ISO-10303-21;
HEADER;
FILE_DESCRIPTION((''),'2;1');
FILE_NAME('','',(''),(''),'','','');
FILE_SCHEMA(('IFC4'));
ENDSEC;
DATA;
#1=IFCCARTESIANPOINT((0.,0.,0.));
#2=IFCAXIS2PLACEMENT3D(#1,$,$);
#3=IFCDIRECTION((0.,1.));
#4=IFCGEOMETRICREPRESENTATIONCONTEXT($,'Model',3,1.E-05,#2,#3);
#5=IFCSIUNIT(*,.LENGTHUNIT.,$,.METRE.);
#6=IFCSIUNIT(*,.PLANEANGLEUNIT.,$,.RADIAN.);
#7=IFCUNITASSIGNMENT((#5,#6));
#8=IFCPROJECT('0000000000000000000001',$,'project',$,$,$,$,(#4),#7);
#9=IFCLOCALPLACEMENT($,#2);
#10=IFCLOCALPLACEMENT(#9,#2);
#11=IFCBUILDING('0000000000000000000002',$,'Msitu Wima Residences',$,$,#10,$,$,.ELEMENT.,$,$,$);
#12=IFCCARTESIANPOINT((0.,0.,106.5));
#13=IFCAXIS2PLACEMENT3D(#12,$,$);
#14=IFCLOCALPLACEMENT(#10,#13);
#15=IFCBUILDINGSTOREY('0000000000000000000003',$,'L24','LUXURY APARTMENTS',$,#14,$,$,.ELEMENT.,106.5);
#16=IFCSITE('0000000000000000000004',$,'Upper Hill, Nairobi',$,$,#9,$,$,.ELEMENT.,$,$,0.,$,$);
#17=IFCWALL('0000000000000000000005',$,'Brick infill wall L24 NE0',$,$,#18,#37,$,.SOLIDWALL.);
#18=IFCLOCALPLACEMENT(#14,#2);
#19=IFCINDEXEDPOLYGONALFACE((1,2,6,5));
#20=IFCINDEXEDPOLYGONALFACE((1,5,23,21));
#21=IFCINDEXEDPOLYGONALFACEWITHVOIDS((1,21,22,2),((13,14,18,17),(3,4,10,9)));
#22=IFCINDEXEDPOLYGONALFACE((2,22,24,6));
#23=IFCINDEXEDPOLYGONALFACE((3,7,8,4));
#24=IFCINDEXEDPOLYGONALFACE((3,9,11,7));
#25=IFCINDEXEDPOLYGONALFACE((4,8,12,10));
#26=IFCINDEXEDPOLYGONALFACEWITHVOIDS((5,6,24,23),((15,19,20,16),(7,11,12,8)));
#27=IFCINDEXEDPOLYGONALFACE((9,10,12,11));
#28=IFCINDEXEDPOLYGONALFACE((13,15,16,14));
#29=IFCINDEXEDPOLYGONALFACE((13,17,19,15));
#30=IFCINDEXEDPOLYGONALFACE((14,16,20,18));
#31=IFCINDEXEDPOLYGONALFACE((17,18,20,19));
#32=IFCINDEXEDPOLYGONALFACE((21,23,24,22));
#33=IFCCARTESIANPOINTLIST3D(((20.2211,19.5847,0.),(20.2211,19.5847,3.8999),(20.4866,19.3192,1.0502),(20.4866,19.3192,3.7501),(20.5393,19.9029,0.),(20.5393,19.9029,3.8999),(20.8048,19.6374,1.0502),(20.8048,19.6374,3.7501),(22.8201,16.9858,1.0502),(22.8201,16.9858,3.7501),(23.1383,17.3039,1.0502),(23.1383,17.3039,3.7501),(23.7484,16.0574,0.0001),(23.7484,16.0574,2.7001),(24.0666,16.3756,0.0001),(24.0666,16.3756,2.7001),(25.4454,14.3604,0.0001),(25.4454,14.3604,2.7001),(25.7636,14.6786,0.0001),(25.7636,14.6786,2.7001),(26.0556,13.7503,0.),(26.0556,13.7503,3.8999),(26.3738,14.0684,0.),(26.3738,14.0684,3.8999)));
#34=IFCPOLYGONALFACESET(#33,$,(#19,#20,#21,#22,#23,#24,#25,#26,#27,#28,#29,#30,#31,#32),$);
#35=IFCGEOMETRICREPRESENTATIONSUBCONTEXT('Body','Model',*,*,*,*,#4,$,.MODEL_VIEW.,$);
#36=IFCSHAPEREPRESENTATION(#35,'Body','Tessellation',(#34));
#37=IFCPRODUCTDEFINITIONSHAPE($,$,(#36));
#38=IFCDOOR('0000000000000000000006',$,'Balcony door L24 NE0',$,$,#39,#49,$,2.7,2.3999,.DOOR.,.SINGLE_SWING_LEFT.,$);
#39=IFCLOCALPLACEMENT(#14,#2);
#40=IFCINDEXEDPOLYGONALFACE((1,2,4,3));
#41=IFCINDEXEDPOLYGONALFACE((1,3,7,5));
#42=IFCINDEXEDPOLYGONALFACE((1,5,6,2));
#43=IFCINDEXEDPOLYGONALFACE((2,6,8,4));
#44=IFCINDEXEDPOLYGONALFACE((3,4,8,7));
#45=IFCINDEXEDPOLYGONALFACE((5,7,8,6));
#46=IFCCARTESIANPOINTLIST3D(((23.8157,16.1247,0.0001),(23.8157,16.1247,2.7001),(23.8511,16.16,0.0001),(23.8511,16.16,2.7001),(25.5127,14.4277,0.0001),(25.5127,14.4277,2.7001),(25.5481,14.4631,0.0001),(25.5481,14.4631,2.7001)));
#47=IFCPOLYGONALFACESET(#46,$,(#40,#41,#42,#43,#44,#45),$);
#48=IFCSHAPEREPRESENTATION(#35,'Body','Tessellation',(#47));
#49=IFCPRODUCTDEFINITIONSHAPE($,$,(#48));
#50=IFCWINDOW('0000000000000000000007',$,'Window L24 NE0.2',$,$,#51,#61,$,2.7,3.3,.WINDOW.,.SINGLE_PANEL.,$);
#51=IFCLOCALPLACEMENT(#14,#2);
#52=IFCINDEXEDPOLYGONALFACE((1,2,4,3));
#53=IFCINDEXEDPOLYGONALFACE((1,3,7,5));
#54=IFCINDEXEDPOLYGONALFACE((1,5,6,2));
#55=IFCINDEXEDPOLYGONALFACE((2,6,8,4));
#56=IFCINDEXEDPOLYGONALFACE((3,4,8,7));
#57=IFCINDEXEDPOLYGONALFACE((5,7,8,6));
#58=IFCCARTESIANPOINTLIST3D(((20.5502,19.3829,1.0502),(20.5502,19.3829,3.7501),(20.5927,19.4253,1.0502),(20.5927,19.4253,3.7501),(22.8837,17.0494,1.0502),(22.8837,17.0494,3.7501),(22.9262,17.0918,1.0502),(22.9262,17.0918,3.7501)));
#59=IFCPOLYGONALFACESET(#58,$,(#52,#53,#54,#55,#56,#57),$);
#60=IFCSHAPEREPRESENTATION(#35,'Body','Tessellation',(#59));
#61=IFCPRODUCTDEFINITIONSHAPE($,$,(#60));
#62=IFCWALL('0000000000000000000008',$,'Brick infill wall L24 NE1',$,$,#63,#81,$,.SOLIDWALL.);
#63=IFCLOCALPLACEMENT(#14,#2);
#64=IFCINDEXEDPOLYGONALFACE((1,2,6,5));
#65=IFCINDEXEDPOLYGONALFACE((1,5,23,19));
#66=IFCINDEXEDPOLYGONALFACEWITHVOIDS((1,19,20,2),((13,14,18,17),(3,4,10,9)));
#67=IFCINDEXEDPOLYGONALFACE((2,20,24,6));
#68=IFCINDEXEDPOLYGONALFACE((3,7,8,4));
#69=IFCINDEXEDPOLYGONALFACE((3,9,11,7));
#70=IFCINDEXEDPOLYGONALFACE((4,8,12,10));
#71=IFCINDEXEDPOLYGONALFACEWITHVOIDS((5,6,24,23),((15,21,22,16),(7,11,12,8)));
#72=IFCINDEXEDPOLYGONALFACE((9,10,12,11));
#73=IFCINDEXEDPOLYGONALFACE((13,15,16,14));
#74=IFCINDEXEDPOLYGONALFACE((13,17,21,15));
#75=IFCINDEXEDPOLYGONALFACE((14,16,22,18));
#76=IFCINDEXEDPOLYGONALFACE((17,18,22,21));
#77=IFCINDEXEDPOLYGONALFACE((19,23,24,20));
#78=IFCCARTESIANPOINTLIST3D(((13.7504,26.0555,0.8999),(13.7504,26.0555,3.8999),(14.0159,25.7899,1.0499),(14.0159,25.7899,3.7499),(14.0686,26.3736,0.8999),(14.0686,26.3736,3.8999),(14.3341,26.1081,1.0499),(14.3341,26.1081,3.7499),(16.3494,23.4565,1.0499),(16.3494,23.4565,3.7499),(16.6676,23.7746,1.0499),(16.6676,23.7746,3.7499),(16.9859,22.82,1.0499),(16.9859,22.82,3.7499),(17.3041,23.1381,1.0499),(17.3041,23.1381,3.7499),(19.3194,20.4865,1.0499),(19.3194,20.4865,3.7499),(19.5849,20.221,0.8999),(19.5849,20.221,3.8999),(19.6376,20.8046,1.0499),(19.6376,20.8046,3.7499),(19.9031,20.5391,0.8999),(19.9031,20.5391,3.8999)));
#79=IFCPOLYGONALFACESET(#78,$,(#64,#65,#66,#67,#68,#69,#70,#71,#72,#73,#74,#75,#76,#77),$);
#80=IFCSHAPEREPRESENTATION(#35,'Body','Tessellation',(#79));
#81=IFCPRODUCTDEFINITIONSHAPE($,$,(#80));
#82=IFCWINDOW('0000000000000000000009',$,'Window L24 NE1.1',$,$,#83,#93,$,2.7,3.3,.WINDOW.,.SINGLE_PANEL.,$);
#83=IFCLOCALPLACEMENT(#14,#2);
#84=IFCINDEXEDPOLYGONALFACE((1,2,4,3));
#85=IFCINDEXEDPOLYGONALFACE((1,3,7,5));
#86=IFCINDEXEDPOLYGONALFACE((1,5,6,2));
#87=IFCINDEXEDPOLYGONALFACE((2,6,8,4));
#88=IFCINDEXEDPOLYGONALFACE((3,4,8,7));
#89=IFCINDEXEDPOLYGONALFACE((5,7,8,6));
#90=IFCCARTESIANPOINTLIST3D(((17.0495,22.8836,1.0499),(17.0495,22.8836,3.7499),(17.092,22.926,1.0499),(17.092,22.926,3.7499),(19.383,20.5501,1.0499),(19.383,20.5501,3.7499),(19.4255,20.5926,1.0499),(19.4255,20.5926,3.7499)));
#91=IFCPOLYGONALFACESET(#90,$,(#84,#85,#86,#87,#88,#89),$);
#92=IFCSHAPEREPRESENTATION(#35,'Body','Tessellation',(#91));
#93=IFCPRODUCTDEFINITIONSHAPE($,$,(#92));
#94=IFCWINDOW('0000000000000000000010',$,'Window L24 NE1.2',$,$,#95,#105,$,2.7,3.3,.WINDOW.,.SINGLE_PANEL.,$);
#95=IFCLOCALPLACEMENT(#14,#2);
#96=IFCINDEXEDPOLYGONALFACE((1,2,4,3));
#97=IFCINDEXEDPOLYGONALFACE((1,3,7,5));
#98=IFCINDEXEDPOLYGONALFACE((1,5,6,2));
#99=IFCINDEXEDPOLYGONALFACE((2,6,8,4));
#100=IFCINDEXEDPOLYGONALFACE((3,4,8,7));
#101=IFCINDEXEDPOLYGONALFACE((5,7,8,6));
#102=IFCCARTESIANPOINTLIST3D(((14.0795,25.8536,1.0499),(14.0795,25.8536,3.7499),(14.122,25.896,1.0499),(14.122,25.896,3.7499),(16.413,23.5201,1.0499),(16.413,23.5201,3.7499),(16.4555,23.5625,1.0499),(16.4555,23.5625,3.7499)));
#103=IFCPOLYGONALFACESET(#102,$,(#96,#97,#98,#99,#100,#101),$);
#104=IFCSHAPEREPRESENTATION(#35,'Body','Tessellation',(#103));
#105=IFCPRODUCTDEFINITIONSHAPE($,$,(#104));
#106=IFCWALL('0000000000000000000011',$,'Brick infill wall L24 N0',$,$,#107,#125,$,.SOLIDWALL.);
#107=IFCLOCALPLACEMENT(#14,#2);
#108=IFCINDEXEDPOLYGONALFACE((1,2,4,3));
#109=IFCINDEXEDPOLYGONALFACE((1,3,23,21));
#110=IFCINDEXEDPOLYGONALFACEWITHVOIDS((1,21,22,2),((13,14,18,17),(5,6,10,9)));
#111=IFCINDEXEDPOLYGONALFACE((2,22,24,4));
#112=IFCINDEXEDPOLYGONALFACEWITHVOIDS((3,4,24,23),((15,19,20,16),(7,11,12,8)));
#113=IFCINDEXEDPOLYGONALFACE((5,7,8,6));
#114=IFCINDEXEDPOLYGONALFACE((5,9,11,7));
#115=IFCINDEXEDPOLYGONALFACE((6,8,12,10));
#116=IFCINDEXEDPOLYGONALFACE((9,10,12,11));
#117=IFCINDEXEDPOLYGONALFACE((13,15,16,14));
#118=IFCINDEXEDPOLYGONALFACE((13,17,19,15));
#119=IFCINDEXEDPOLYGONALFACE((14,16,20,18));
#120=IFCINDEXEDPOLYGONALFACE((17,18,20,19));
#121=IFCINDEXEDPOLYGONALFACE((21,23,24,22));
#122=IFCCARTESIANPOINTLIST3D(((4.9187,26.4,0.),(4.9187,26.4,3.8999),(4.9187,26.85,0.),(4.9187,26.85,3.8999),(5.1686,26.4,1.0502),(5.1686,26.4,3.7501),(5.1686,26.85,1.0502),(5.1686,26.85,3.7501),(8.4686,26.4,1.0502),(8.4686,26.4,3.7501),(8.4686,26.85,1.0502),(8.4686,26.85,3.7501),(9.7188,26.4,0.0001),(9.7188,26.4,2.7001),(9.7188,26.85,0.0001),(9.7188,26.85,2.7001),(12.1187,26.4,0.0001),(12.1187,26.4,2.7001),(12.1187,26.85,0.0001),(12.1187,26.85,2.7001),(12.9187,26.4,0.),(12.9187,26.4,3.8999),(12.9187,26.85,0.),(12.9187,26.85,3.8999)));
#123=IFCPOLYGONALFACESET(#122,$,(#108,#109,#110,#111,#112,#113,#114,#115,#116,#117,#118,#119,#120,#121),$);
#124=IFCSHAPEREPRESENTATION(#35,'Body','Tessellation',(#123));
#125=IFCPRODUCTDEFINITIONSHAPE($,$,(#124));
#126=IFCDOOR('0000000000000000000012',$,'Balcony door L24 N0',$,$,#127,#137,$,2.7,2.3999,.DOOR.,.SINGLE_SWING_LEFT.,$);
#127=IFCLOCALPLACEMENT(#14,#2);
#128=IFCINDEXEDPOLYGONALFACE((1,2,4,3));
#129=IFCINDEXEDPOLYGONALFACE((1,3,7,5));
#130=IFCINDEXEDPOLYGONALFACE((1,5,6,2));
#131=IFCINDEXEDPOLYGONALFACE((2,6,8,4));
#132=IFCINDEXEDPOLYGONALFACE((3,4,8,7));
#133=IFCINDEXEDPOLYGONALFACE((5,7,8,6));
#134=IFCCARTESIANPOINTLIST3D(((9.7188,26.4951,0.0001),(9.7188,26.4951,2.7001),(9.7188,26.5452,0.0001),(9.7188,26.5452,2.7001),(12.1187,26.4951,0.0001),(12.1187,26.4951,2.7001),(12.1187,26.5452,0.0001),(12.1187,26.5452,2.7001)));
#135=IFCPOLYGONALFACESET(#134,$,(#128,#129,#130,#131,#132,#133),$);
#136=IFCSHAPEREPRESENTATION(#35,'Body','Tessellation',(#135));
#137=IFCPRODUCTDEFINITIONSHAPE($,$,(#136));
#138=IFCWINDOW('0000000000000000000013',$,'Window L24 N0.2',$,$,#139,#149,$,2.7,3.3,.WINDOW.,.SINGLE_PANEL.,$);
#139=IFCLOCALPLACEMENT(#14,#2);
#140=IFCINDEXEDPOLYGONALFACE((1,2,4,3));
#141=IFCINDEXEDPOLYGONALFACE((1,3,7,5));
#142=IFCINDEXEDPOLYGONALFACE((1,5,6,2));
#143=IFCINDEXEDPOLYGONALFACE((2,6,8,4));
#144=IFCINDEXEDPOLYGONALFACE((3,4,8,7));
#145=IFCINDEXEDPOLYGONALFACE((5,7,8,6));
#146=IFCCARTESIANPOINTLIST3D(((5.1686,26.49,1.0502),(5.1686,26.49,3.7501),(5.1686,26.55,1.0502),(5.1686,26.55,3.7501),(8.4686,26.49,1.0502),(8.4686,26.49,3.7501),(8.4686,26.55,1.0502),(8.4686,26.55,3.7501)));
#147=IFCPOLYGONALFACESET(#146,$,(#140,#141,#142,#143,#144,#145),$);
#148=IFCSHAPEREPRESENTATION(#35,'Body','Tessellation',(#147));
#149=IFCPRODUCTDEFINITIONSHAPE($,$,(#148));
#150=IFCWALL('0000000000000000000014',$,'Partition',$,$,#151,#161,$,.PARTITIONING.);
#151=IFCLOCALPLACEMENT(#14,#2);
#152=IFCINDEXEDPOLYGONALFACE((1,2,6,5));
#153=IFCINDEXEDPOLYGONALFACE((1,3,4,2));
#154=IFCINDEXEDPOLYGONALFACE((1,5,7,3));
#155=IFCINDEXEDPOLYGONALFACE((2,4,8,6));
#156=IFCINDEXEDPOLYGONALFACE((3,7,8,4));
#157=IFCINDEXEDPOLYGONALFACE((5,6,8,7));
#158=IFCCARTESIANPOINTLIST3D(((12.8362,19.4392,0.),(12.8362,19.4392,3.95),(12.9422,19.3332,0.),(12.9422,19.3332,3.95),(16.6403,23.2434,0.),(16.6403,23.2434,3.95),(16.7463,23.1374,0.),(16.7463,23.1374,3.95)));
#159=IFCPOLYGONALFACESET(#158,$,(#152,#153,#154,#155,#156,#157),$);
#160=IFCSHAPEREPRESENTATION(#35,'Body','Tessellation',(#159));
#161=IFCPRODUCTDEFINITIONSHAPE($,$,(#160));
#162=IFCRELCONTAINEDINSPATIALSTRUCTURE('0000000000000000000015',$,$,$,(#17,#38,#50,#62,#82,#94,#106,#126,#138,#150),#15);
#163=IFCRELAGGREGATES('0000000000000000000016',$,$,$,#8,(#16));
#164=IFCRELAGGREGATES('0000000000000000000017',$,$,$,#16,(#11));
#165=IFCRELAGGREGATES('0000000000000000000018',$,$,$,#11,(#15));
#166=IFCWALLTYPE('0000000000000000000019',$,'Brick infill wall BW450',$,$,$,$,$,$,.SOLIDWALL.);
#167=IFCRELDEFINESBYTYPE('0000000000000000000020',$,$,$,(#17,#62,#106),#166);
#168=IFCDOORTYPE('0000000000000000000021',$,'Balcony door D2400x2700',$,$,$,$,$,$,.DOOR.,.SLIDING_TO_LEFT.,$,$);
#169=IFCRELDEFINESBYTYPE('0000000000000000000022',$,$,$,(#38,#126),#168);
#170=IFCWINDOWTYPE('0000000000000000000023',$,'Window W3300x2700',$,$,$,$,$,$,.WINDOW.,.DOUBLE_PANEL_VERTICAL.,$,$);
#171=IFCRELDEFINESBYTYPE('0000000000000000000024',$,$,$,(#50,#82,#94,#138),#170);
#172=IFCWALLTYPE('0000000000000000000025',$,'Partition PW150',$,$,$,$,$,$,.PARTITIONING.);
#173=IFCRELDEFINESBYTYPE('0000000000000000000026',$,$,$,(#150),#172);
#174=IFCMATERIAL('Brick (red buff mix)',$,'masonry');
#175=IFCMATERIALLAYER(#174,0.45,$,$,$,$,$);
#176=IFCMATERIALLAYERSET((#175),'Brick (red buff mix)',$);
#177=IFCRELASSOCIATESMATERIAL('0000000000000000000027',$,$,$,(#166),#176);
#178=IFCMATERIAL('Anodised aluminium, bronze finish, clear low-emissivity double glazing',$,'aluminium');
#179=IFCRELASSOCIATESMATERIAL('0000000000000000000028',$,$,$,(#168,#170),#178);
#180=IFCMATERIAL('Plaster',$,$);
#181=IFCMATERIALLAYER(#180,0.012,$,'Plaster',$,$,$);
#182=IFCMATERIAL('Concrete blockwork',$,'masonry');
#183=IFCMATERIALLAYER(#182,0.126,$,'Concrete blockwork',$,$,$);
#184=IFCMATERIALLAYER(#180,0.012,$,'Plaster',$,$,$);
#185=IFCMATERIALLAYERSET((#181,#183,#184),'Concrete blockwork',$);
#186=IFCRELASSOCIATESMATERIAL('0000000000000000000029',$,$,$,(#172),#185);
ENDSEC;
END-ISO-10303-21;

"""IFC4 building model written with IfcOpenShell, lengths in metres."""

from ifc_helpers import new_model, si_unit, direction, frame, frame_2d, origin, place, context, subcontext, project, spatial, rectangle, extrude, material, layer, layer_set, type_object, element, fill, save


model = new_model("IFC4")

# Units and contexts
model_context = context("Model", 3, precision=1e-05, world=origin(), true_north=direction((0.0, 1.0)))
body_context = subcontext(model_context, "Body", "Model", "MODEL_VIEW")
ifc_project = project(units=[si_unit("LENGTHUNIT", "METRE"), si_unit("PLANEANGLEUNIT", "RADIAN")], contexts=[model_context])

# Site, building, storey
site_placement = place(None, origin())
site = spatial("IfcSite", under=ifc_project, at=site_placement, Name="Upper Hill, Nairobi", CompositionType="ELEMENT", RefElevation=0.0)
building_placement = place(site_placement, origin())
building = spatial("IfcBuilding", under=site, at=building_placement, Name="Msitu Wima Residences", CompositionType="ELEMENT")
storey_placement = place(building_placement, frame((0.0, 0.0, 106.5)))
storey = spatial("IfcBuildingStorey", under=building, at=storey_placement, Name="L24", Description="LUXURY APARTMENTS", CompositionType="ELEMENT", Elevation=106.5)

# Wall, openings, door, window
ifc_material_1 = material(Name="Brick (red buff mix)", Category="masonry")
ifc_layer_1 = layer(ifc_material_1, 0.45)
ifc_layer_set_1 = layer_set([ifc_layer_1], Name="Brick (red buff mix)")
wall_type_1 = type_object("IfcWallType", Name="Brick infill wall BW450", PredefinedType="SOLIDWALL", material=ifc_layer_set_1)
wall_1_placement = place(storey_placement, frame((26.2146, 13.9094, 0.0), z_axis=(0.0, 0.0, 1.0), x_axis=(-0.707107, 0.707107, 0.0)))
wall_1 = element("IfcWall", 1, at=wall_1_placement, inside=storey, type_object=wall_type_1, Name="Brick infill wall L24 NE0", PredefinedType="SOLIDWALL", context=body_context, shape_type="SweptSolid", body=[
    extrude(rectangle(XDim=8.2512, YDim=0.45, at=frame_2d((4.1255, 0.0))), origin(), (0.0, 0.0, 1.0), 3.8999),
])
opening_1_placement = place(wall_1_placement, frame((0.8628, 0.0, 0.0)))
opening_1 = element("IfcOpeningElement", 2, at=opening_1_placement, cuts=wall_1, PredefinedType="OPENING", context=body_context, shape_type="SweptSolid", body=[
    extrude(rectangle(XDim=2.3999, YDim=2.7, at=frame_2d((1.2, 1.3501))), frame((0.0, 0.2349, 0.0), z_axis=(0.0, -1.0, 0.0), x_axis=(1.0, 0.0, 0.0)), (0.0, 0.0, 1.0), 0.47),
])
opening_2_placement = place(wall_1_placement, frame((4.5757, 0.0, 1.05)))
opening_2 = element("IfcOpeningElement", 3, at=opening_2_placement, cuts=wall_1, PredefinedType="OPENING", context=body_context, shape_type="SweptSolid", body=[
    extrude(rectangle(XDim=3.3, YDim=2.7, at=frame_2d((1.6499, 1.3501))), frame((0.0, 0.2349, 0.0), z_axis=(0.0, -1.0, 0.0), x_axis=(1.0, 0.0, 0.0)), (0.0, 0.0, 1.0), 0.47),
])
ifc_material_2 = material(Name="Anodised aluminium, bronze finish, clear low-emissivity double glazing", Category="aluminium")
door_type_1 = type_object("IfcDoorType", Name="Balcony door D2400x2700", OperationType="SLIDING_TO_LEFT", PredefinedType="DOOR", material=ifc_material_2)
door_1_placement = place(opening_1_placement, origin())
door_1 = element("IfcDoor", 4, at=door_1_placement, inside=storey, type_object=door_type_1, Name="Balcony door L24 NE0", OperationType="SINGLE_SWING_LEFT", OverallHeight=2.7, OverallWidth=2.3999, PredefinedType="DOOR", context=body_context, shape_type="SweptSolid", body=[
    extrude(rectangle(XDim=2.3999, YDim=2.7, at=frame_2d((1.2, 1.3501))), frame((0.0, 0.1299, 0.0), z_axis=(0.0, -1.0, 0.0), x_axis=(1.0, 0.0, 0.0)), (0.0, 0.0, 1.0), 0.05),
])
fill(opening_1, door_1)
window_type = type_object("IfcWindowType", Name="Window W3300x2700", PartitioningType="DOUBLE_PANEL_VERTICAL", PredefinedType="WINDOW", material=ifc_material_2)
window_1_placement = place(opening_2_placement, origin())
window_1 = element("IfcWindow", 5, at=window_1_placement, inside=storey, type_object=window_type, Name="Window L24 NE0.2", OverallHeight=2.7, OverallWidth=3.3, PartitioningType="SINGLE_PANEL", PredefinedType="WINDOW", context=body_context, shape_type="SweptSolid", body=[
    extrude(rectangle(XDim=3.3, YDim=2.7, at=frame_2d((1.6499, 1.3501))), frame((0.0, 0.135, 0.0), z_axis=(0.0, -1.0, 0.0), x_axis=(1.0, 0.0, 0.0)), (0.0, 0.0, 1.0), 0.0601),
])
fill(opening_2, window_1)

# Wall, openings, windows
wall_2_placement = place(storey_placement, frame((19.7439, 20.3801, 0.8999), z_axis=(0.0, 0.0, 1.0), x_axis=(-0.707107, 0.707107, 0.0)))
wall_2 = element("IfcWall", 6, at=wall_2_placement, inside=storey, type_object=wall_type_1, Name="Brick infill wall L24 NE1", PredefinedType="SOLIDWALL", context=body_context, shape_type="SweptSolid", body=[
    extrude(rectangle(XDim=8.2512, YDim=0.45, at=frame_2d((4.1255, 0.0))), origin(), (0.0, 0.0, 1.0), 3.0),
])
opening_3_placement = place(wall_2_placement, frame((0.3755, 0.0, 0.1499)))
opening_3 = element("IfcOpeningElement", 7, at=opening_3_placement, cuts=wall_2, PredefinedType="OPENING", context=body_context, shape_type="SweptSolid", body=[
    extrude(rectangle(XDim=3.3, YDim=2.7, at=frame_2d((1.6499, 1.3501))), frame((0.0, 0.2349, 0.0), z_axis=(0.0, -1.0, 0.0), x_axis=(1.0, 0.0, 0.0)), (0.0, 0.0, 1.0), 0.47),
])
opening_4_placement = place(wall_2_placement, frame((4.5757, 0.0, 0.1499)))
opening_4 = element("IfcOpeningElement", 8, at=opening_4_placement, cuts=wall_2, PredefinedType="OPENING", context=body_context, shape_type="SweptSolid", body=[
    extrude(rectangle(XDim=3.3, YDim=2.7, at=frame_2d((1.6499, 1.3501))), frame((0.0, 0.2349, 0.0), z_axis=(0.0, -1.0, 0.0), x_axis=(1.0, 0.0, 0.0)), (0.0, 0.0, 1.0), 0.47),
])
window_2_placement = place(opening_3_placement, origin())
window_2 = element("IfcWindow", 9, at=window_2_placement, inside=storey, type_object=window_type, Name="Window L24 NE1.1", OverallHeight=2.7, OverallWidth=3.3, PartitioningType="SINGLE_PANEL", PredefinedType="WINDOW", context=body_context, shape_type="SweptSolid", body=[
    extrude(rectangle(XDim=3.3, YDim=2.7, at=frame_2d((1.6499, 1.3501))), frame((0.0, 0.135, 0.0), z_axis=(0.0, -1.0, 0.0), x_axis=(1.0, 0.0, 0.0)), (0.0, 0.0, 1.0), 0.0601),
])
fill(opening_3, window_2)
window_3_placement = place(opening_4_placement, origin())
window_3 = element("IfcWindow", 10, at=window_3_placement, inside=storey, type_object=window_type, Name="Window L24 NE1.2", OverallHeight=2.7, OverallWidth=3.3, PartitioningType="SINGLE_PANEL", PredefinedType="WINDOW", context=body_context, shape_type="SweptSolid", body=[
    extrude(rectangle(XDim=3.3, YDim=2.7, at=frame_2d((1.6499, 1.3501))), frame((0.0, 0.135, 0.0), z_axis=(0.0, -1.0, 0.0), x_axis=(1.0, 0.0, 0.0)), (0.0, 0.0, 1.0), 0.0601),
])
fill(opening_4, window_3)

# Wall, openings, door, window
wall_3_placement = place(storey_placement, frame((12.9187, 26.625, 0.0), z_axis=(0.0, 0.0, 1.0), x_axis=(-1.0, 0.0, 0.0)))
wall_3 = element("IfcWall", 11, at=wall_3_placement, inside=storey, type_object=wall_type_1, Name="Brick infill wall L24 N0", PredefinedType="SOLIDWALL", context=body_context, shape_type="SweptSolid", body=[
    extrude(rectangle(XDim=8.0, YDim=0.45, at=frame_2d((4.0, 0.0))), origin(), (0.0, 0.0, 1.0), 3.8999),
])
opening_5_placement = place(wall_3_placement, frame((0.8, 0.0, 0.0)))
opening_5 = element("IfcOpeningElement", 12, at=opening_5_placement, cuts=wall_3, PredefinedType="OPENING", context=body_context, shape_type="SweptSolid", body=[
    extrude(rectangle(XDim=2.3999, YDim=2.7, at=frame_2d((1.2, 1.3501))), frame((0.0, 0.2349, 0.0), z_axis=(0.0, -1.0, 0.0), x_axis=(1.0, 0.0, 0.0)), (0.0, 0.0, 1.0), 0.47),
])
opening_6_placement = place(wall_3_placement, frame((4.4502, 0.0, 1.05)))
opening_6 = element("IfcOpeningElement", 13, at=opening_6_placement, cuts=wall_3, PredefinedType="OPENING", context=body_context, shape_type="SweptSolid", body=[
    extrude(rectangle(XDim=3.3, YDim=2.7, at=frame_2d((1.6499, 1.3501))), frame((0.0, 0.2349, 0.0), z_axis=(0.0, -1.0, 0.0), x_axis=(1.0, 0.0, 0.0)), (0.0, 0.0, 1.0), 0.47),
])
door_2_placement = place(opening_5_placement, origin())
door_2 = element("IfcDoor", 14, at=door_2_placement, inside=storey, type_object=door_type_1, Name="Balcony door L24 N0", OperationType="SINGLE_SWING_LEFT", OverallHeight=2.7, OverallWidth=2.3999, PredefinedType="DOOR", context=body_context, shape_type="SweptSolid", body=[
    extrude(rectangle(XDim=2.3999, YDim=2.7, at=frame_2d((1.2, 1.3501))), frame((0.0, 0.1299, 0.0), z_axis=(0.0, -1.0, 0.0), x_axis=(1.0, 0.0, 0.0)), (0.0, 0.0, 1.0), 0.05),
])
fill(opening_5, door_2)
window_4_placement = place(opening_6_placement, origin())
window_4 = element("IfcWindow", 15, at=window_4_placement, inside=storey, type_object=window_type, Name="Window L24 N0.2", OverallHeight=2.7, OverallWidth=3.3, PartitioningType="SINGLE_PANEL", PredefinedType="WINDOW", context=body_context, shape_type="SweptSolid", body=[
    extrude(rectangle(XDim=3.3, YDim=2.7, at=frame_2d((1.6499, 1.3501))), frame((0.0, 0.135, 0.0), z_axis=(0.0, -1.0, 0.0), x_axis=(1.0, 0.0, 0.0)), (0.0, 0.0, 1.0), 0.0601),
])
fill(opening_6, window_4)

# Wall
ifc_material_3 = material(Name="Plaster")
ifc_layer_2 = layer(ifc_material_3, 0.012, Name="Plaster")
ifc_material_4 = material(Name="Concrete blockwork", Category="masonry")
ifc_layer_3 = layer(ifc_material_4, 0.126, Name="Concrete blockwork")
ifc_layer_4 = layer(ifc_material_3, 0.012, Name="Plaster")
ifc_layer_set_2 = layer_set([ifc_layer_2, ifc_layer_3, ifc_layer_4], Name="Concrete blockwork")
wall_type_2 = type_object("IfcWallType", Name="Partition PW150", PredefinedType="PARTITIONING", material=ifc_layer_set_2)
wall_4_placement = place(storey_placement, frame((12.8892, 19.3862, 0.0), z_axis=(0.0, 0.0, 1.0), x_axis=(0.707107, 0.707107, 0.0)))
element("IfcWall", 16, at=wall_4_placement, inside=storey, type_object=wall_type_2, Name="Partition", PredefinedType="PARTITIONING", context=body_context, shape_type="SweptSolid", body=[
    extrude(rectangle(XDim=5.3799, YDim=0.1499, at=frame_2d((2.6899, 0.0))), origin(), (0.0, 0.0, 1.0), 3.95),
])

save(model, "model.ifc")
